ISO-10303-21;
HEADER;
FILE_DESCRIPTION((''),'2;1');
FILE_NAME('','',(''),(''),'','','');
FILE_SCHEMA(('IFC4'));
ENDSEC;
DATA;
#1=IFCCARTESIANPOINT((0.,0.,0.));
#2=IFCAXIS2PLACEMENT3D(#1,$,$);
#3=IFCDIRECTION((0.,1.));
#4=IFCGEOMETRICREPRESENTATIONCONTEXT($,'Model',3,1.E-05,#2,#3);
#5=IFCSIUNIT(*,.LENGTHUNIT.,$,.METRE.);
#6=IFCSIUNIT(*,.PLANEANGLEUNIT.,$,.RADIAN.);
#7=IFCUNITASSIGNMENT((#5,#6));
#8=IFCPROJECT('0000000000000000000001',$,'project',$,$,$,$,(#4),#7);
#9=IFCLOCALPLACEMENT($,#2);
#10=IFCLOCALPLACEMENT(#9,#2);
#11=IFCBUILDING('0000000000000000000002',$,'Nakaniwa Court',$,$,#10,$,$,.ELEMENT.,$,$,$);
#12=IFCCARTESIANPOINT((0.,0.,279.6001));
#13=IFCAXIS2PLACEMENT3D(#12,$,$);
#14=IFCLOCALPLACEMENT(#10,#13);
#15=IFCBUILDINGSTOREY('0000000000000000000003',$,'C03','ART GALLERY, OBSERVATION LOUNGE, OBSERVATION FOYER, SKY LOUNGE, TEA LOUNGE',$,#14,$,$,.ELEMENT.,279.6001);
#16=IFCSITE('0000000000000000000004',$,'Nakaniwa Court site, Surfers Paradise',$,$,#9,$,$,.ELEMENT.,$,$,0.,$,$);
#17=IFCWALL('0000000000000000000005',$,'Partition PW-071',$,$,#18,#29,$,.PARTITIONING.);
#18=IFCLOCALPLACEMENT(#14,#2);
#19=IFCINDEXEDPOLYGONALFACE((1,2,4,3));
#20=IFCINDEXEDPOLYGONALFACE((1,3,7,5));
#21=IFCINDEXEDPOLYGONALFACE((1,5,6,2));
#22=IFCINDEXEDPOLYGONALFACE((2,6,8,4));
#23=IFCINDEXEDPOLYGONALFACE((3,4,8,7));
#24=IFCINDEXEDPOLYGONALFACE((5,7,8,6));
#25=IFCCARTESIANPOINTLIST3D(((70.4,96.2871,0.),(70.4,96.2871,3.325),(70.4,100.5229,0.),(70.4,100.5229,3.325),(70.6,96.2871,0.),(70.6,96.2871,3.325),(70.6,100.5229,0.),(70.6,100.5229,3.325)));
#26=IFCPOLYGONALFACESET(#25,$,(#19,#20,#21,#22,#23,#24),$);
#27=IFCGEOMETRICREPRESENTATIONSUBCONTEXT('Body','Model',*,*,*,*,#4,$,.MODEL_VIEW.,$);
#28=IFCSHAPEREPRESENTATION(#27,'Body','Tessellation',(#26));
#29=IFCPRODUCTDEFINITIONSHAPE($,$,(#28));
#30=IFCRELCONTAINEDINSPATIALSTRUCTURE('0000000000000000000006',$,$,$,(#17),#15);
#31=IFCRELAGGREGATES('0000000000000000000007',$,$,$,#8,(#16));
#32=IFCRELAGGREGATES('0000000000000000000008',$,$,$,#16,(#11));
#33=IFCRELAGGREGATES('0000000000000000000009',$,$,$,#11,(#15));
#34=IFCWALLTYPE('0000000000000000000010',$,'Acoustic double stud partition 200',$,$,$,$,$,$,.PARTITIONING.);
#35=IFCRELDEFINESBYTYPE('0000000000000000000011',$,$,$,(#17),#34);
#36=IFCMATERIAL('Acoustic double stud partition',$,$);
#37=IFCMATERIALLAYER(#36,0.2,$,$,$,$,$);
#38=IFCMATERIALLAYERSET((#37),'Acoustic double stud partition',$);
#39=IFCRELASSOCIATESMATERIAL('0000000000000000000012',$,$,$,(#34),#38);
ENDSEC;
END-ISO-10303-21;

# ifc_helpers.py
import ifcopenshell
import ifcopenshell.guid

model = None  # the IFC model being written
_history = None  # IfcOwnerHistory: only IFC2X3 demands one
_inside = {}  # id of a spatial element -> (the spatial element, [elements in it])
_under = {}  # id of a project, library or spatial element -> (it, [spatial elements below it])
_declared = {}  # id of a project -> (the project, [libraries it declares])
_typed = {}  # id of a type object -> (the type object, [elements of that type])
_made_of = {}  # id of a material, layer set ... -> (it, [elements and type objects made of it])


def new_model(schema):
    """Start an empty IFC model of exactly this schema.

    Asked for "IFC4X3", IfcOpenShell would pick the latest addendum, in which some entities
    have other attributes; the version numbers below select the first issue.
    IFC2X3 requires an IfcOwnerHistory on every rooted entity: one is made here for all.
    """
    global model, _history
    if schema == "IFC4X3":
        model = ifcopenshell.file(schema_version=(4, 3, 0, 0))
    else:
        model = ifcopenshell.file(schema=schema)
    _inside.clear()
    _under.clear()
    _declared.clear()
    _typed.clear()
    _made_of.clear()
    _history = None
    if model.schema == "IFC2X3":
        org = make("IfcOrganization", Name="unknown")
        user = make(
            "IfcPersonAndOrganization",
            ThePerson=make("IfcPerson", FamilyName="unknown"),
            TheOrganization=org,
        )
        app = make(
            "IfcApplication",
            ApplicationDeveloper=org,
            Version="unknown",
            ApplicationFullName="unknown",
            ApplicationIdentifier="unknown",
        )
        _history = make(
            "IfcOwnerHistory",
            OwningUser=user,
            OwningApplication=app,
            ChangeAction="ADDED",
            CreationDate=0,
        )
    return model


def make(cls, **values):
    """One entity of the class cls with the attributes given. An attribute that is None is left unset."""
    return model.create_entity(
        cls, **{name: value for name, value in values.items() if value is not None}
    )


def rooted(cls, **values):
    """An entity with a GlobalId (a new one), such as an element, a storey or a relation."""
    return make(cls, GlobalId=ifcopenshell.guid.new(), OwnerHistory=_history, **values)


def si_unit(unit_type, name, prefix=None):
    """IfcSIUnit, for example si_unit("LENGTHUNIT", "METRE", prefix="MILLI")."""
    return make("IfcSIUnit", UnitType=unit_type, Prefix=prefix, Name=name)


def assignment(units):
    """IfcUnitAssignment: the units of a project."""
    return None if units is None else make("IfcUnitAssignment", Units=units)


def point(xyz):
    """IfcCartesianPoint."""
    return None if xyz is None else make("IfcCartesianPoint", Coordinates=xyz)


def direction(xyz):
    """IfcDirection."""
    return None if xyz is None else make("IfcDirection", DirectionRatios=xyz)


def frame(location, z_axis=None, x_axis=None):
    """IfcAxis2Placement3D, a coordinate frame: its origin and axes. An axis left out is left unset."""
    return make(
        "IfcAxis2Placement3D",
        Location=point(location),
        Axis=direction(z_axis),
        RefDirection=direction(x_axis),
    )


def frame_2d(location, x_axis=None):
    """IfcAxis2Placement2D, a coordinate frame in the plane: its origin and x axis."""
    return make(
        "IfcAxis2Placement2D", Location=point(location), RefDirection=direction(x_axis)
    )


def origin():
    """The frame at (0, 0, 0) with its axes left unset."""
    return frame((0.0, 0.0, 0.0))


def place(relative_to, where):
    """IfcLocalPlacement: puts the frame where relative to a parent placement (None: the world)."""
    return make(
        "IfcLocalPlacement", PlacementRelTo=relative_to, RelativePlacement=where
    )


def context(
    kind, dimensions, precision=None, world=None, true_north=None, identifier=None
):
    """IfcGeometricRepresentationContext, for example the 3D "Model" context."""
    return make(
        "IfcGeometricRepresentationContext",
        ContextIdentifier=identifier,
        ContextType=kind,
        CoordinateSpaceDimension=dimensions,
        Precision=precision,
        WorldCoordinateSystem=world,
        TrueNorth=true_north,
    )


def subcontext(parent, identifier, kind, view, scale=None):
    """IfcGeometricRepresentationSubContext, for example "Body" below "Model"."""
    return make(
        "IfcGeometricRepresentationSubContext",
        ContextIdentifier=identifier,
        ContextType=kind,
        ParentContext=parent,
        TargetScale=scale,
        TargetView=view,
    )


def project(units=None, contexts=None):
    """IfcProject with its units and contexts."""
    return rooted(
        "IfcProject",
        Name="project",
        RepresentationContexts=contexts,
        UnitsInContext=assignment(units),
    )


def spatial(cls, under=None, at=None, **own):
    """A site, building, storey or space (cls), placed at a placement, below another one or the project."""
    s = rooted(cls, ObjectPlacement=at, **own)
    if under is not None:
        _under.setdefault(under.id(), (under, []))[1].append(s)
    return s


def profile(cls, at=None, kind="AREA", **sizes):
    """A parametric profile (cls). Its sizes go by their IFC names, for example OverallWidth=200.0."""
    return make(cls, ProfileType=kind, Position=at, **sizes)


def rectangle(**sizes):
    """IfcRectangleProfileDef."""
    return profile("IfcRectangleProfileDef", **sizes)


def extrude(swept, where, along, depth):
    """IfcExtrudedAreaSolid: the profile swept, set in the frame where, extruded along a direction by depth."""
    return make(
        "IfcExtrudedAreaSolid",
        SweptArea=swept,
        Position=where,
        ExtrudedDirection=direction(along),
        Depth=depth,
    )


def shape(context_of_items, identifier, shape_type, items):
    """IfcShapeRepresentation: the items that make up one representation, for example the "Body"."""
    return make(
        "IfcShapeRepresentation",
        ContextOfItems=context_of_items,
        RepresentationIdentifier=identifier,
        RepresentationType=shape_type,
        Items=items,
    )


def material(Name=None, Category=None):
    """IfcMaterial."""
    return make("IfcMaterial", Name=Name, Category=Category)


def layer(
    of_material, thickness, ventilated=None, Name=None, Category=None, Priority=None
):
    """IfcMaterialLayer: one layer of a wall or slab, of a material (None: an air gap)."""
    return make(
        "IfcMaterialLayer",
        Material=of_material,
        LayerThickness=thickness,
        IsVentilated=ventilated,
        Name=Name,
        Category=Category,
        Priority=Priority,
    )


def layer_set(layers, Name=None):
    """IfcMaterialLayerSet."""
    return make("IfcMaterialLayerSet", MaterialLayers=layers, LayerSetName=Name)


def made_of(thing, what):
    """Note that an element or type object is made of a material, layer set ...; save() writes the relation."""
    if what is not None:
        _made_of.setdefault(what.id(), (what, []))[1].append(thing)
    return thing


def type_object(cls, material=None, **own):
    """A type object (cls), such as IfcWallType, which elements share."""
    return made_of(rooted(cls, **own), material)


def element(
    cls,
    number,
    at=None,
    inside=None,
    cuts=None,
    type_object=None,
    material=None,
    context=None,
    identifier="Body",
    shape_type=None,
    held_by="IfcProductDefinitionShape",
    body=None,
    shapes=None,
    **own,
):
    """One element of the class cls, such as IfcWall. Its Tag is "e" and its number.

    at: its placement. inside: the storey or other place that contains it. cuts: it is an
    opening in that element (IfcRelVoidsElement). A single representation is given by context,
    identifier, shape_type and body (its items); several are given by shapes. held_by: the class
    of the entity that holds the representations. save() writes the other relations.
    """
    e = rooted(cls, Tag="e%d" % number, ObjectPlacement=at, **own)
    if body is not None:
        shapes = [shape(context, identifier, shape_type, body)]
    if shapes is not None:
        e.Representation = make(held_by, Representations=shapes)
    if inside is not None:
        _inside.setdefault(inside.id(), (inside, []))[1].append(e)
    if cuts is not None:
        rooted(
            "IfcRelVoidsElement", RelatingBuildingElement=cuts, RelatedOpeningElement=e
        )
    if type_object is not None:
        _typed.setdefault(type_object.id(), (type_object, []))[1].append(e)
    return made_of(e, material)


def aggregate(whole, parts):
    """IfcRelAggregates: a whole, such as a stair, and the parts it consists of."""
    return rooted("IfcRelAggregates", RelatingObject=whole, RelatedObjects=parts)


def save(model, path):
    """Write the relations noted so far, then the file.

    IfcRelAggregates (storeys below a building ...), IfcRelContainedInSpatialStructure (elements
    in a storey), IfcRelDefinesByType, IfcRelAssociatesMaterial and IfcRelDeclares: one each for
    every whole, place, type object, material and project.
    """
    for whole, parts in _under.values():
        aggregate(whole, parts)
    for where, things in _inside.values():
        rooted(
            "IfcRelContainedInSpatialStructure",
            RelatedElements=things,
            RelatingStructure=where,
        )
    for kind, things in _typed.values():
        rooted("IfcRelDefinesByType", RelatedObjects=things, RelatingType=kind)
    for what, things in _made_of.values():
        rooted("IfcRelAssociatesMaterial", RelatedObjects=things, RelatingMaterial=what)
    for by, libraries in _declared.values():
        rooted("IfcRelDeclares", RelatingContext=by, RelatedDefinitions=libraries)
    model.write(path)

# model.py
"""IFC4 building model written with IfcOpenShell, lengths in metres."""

from ifc_helpers import new_model, si_unit, direction, frame, frame_2d, origin, place, context, subcontext, project, spatial, rectangle, extrude, material, layer, layer_set, type_object, element, save


model = new_model("IFC4")

# Units and contexts
model_context = context("Model", 3, precision=1e-05, world=origin(), true_north=direction((0.0, 1.0)))
body_context = subcontext(model_context, "Body", "Model", "MODEL_VIEW")
ifc_project = project(units=[si_unit("LENGTHUNIT", "METRE"), si_unit("PLANEANGLEUNIT", "RADIAN")], contexts=[model_context])

# Site, building, storey
site_placement = place(None, origin())
site = spatial("IfcSite", under=ifc_project, at=site_placement, Name="Nakaniwa Court site, Surfers Paradise", CompositionType="ELEMENT", RefElevation=0.0)
building_placement = place(site_placement, origin())
building = spatial("IfcBuilding", under=site, at=building_placement, Name="Nakaniwa Court", CompositionType="ELEMENT")
storey_placement = place(building_placement, frame((0.0, 0.0, 279.6001)))
storey = spatial("IfcBuildingStorey", under=building, at=storey_placement, Name="C03", Description="ART GALLERY, OBSERVATION LOUNGE, OBSERVATION FOYER, SKY LOUNGE, TEA LOUNGE", CompositionType="ELEMENT", Elevation=279.6001)

# Shared definitions
ifc_material_1 = material(Name="Acoustic double stud partition")
ifc_layer_1 = layer(ifc_material_1, 0.2)
ifc_layer_set_1 = layer_set([ifc_layer_1], Name="Acoustic double stud partition")
wall_type = type_object("IfcWallType", Name="Acoustic double stud partition 200", PredefinedType="PARTITIONING", material=ifc_layer_set_1)

# Wall
wall_1_placement = place(storey_placement, frame((70.5, 96.2871, 0.0), z_axis=(0.0, 0.0, 1.0), x_axis=(0.0, 1.0, 0.0)))
element("IfcWall", 1, at=wall_1_placement, inside=storey, type_object=wall_type, Name="Partition PW-071", PredefinedType="PARTITIONING", context=body_context, shape_type="SweptSolid", body=[
    extrude(rectangle(XDim=4.2358, YDim=0.2, at=frame_2d((2.1179, 0.0))), origin(), (0.0, 0.0, 1.0), 3.325),
])

save(model, "model.ifc")
